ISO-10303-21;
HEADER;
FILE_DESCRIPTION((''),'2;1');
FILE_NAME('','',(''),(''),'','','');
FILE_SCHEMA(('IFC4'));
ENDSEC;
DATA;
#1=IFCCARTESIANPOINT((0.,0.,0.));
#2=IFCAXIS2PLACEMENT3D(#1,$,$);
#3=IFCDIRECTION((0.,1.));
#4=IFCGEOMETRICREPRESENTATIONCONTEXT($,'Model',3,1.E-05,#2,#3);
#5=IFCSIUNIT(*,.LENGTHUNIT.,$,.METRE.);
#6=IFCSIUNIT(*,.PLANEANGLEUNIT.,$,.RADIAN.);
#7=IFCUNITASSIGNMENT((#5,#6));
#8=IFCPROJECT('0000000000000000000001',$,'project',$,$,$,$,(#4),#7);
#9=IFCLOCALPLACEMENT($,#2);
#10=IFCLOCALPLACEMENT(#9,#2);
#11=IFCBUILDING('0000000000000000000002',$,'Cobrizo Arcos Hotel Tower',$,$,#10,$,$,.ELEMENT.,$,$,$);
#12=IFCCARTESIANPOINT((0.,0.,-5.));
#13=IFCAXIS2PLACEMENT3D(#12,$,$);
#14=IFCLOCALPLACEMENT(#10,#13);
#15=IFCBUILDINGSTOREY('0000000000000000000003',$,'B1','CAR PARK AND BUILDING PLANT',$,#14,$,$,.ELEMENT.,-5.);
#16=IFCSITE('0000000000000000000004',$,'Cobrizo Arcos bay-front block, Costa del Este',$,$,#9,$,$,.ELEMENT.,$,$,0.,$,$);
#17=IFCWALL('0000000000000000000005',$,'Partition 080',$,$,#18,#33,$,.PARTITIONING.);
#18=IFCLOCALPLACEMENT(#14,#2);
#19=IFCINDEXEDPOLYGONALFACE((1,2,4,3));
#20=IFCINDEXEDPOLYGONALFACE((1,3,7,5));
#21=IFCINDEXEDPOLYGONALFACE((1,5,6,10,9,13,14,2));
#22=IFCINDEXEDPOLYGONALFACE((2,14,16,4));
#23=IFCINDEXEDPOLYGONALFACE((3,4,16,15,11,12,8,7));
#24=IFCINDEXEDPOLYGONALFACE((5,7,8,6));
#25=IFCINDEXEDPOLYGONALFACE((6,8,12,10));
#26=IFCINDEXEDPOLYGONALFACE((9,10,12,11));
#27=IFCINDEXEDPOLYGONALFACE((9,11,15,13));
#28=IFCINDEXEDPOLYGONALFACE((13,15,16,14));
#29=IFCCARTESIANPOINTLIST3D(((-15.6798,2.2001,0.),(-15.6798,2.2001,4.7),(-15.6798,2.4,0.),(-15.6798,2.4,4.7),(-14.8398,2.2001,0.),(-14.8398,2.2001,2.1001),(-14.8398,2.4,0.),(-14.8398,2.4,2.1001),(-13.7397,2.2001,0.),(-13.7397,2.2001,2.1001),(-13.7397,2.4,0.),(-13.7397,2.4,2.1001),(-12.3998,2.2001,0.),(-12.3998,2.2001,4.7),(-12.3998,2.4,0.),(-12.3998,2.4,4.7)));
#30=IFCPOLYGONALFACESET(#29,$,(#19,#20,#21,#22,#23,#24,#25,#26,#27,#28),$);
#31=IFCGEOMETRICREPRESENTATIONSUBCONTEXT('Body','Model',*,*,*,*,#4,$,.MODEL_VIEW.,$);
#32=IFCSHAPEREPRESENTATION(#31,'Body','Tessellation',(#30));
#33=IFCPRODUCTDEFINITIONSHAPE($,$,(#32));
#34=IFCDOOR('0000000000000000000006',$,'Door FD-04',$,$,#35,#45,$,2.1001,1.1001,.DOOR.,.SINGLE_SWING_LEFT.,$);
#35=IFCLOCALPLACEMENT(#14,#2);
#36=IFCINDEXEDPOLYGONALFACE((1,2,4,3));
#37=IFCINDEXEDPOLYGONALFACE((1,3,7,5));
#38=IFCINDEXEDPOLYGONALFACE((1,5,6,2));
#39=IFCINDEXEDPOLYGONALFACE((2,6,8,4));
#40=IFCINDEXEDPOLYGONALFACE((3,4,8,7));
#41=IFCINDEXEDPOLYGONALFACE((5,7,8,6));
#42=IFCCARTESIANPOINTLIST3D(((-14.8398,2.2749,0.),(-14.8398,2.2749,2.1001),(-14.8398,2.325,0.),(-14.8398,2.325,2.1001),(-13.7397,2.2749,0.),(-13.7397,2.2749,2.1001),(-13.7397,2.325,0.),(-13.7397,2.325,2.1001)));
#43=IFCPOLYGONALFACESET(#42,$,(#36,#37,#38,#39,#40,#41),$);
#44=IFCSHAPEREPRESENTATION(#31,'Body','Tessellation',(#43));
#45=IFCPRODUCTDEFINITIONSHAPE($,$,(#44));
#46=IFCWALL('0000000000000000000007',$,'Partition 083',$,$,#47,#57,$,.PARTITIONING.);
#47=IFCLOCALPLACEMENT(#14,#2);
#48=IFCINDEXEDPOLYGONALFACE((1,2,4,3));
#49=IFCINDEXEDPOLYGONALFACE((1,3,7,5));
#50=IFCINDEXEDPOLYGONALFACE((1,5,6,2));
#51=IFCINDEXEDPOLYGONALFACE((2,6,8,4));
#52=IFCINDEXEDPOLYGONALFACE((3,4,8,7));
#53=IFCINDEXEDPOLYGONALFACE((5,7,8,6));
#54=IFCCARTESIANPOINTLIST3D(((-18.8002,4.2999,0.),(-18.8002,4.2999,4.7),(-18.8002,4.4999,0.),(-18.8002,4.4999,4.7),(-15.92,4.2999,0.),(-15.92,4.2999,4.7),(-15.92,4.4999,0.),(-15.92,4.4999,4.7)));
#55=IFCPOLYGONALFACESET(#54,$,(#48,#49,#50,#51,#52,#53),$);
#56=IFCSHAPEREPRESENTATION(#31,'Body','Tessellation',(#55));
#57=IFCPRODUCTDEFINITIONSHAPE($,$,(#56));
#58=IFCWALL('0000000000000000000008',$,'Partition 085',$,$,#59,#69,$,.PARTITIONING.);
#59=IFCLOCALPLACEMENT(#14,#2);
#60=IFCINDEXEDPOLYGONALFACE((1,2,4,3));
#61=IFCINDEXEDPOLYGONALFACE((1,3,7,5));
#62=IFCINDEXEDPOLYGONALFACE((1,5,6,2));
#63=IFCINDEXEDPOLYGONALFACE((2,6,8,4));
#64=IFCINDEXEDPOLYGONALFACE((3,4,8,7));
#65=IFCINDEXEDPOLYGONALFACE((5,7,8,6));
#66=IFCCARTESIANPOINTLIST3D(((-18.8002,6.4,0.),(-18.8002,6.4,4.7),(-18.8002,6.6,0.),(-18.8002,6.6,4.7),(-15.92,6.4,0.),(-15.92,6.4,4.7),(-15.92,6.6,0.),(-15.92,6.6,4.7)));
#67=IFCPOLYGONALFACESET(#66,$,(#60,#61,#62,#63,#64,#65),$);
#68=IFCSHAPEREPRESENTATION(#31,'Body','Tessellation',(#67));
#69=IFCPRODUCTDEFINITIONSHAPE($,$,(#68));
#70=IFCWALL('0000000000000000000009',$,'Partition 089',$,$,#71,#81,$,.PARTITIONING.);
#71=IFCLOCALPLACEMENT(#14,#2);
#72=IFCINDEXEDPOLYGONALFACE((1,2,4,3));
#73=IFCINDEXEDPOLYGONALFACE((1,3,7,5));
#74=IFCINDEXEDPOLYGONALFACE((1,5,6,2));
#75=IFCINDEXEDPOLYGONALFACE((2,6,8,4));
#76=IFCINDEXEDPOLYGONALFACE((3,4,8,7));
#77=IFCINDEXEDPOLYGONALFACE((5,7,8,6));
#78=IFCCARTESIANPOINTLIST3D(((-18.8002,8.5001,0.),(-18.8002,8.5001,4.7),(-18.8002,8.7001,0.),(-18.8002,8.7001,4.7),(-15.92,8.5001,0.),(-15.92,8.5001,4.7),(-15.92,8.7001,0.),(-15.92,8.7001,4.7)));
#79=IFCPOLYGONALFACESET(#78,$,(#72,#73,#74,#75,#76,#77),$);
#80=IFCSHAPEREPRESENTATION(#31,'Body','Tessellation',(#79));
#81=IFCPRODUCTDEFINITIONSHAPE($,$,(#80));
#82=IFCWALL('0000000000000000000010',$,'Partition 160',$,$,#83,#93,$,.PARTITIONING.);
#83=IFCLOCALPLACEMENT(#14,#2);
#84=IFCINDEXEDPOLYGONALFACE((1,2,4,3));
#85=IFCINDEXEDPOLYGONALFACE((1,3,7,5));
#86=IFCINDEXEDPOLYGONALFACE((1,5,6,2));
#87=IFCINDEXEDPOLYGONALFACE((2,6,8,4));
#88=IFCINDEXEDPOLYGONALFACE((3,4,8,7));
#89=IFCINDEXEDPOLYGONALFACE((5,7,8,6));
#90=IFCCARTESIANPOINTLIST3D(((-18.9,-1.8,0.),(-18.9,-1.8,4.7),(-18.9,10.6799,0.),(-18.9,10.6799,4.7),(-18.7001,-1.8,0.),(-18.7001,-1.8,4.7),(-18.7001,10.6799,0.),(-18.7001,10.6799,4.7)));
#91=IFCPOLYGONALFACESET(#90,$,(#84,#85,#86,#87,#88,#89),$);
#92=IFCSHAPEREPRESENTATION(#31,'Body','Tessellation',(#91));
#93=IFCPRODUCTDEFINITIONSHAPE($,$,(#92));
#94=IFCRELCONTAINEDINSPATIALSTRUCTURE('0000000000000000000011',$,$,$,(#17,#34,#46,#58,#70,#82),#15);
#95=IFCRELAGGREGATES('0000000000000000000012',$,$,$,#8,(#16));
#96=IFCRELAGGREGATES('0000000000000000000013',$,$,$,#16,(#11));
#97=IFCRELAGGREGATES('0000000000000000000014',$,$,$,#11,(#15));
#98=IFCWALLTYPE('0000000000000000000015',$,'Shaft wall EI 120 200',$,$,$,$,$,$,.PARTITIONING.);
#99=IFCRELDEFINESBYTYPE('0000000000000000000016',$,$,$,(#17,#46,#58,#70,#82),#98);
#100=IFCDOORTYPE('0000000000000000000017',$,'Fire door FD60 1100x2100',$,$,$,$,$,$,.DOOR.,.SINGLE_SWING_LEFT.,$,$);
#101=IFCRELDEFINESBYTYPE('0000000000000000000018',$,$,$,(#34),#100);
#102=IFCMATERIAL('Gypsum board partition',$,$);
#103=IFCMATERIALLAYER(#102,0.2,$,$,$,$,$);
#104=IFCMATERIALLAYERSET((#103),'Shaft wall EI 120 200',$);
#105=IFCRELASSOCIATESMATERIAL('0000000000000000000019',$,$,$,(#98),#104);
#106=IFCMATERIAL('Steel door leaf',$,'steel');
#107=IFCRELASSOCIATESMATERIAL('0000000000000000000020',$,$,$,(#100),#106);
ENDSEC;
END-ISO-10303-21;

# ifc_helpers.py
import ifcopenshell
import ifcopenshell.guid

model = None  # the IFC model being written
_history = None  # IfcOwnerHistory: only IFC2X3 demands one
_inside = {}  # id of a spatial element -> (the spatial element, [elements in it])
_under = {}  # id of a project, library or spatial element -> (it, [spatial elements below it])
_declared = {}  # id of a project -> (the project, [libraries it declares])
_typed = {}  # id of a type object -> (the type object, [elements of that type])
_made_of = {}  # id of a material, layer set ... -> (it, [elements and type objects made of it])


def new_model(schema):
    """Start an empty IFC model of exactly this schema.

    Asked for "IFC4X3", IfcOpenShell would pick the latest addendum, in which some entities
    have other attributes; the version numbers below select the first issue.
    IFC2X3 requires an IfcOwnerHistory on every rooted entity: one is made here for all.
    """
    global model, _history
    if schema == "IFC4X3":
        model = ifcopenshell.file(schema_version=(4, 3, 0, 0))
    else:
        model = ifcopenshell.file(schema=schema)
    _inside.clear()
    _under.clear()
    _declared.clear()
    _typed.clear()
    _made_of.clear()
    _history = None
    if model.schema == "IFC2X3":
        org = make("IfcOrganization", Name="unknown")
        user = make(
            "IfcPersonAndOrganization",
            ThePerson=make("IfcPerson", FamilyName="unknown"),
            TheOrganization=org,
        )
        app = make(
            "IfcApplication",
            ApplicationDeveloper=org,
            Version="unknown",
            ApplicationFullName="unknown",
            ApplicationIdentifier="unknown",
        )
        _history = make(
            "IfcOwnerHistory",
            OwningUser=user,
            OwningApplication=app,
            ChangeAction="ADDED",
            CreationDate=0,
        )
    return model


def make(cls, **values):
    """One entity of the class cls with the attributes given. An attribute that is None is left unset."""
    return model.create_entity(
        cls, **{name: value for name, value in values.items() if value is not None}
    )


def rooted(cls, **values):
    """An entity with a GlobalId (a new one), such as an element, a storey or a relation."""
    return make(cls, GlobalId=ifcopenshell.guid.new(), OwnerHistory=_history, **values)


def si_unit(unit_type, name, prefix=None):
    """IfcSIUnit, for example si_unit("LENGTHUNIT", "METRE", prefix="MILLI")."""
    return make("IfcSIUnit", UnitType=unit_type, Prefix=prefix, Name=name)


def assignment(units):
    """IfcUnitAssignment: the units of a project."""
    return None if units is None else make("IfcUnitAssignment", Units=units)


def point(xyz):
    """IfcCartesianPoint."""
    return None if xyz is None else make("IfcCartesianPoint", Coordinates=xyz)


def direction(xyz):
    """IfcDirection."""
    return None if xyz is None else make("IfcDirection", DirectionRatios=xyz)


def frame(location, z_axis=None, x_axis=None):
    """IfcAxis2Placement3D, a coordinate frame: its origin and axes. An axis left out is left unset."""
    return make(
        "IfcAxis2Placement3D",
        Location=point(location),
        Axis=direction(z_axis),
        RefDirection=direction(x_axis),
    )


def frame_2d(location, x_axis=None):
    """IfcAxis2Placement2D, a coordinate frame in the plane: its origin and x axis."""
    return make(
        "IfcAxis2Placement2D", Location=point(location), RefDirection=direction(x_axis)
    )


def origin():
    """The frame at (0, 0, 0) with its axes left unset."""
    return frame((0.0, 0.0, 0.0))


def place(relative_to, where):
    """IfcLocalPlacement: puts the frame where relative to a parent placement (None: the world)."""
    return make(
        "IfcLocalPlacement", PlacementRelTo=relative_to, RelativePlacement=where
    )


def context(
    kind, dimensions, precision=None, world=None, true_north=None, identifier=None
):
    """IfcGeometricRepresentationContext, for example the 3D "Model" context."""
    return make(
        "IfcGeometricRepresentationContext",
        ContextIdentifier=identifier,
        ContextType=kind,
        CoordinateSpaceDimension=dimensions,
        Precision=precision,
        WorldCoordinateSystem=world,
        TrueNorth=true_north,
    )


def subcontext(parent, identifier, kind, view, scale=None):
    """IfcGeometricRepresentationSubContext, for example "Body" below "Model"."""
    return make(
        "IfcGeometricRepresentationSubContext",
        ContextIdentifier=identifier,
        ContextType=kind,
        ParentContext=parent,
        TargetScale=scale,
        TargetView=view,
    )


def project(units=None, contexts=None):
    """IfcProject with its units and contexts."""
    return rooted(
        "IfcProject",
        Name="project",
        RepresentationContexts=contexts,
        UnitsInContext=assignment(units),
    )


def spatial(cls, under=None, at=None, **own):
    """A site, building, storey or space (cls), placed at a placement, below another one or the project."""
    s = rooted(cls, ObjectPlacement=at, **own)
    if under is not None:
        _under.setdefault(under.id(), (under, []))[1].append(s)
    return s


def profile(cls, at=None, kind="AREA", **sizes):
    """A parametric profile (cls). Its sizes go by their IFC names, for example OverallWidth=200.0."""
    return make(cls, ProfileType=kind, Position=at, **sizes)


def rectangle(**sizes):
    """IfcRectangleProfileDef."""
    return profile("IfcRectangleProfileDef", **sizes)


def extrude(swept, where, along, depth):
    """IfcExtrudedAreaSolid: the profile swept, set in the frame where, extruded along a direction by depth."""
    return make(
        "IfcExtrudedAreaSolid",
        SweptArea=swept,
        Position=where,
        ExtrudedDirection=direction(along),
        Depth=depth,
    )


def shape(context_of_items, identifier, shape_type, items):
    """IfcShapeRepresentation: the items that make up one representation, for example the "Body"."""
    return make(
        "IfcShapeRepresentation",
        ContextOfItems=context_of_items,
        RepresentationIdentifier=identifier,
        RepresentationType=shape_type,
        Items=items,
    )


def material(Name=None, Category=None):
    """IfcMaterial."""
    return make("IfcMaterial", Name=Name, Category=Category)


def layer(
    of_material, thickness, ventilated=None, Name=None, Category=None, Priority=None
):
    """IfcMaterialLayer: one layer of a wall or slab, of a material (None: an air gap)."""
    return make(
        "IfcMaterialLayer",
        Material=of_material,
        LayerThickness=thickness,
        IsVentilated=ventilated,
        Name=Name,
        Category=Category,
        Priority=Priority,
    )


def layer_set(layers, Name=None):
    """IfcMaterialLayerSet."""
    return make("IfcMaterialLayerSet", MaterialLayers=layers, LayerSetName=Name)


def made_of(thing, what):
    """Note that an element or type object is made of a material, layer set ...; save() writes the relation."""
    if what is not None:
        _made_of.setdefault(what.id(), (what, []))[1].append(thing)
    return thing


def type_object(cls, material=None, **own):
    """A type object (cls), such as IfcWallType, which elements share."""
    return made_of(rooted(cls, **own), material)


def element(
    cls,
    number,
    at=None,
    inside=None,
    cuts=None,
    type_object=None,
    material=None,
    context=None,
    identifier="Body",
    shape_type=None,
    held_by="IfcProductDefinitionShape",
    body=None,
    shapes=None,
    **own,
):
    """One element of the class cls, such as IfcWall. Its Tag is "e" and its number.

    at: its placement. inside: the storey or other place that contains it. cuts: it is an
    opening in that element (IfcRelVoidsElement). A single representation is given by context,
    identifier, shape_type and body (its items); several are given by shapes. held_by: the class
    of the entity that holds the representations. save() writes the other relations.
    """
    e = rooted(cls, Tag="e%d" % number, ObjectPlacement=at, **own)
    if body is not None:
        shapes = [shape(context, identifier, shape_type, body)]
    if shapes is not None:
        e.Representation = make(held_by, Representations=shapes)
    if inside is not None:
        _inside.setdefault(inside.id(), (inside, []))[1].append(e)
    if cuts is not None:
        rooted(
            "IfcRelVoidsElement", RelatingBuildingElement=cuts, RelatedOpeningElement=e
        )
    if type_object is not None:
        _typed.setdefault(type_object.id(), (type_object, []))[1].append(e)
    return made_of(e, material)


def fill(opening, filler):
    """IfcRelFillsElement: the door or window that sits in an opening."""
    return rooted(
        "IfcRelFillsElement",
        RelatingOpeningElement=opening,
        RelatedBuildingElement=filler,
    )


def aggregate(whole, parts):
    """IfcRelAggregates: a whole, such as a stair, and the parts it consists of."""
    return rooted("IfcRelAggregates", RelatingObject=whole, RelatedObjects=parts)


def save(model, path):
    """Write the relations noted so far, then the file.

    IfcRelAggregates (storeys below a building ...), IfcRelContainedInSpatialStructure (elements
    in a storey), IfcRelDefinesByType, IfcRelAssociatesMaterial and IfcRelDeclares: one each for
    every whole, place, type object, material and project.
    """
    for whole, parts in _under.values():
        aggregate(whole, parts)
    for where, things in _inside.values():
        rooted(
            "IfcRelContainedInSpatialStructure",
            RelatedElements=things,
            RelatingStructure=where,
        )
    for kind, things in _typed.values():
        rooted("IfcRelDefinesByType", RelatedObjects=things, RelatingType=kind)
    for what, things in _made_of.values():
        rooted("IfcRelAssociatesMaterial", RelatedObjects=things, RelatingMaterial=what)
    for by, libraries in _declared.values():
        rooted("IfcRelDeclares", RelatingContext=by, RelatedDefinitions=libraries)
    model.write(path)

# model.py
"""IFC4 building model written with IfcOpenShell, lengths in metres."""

from ifc_helpers import new_model, si_unit, direction, frame, frame_2d, origin, place, context, subcontext, project, spatial, rectangle, extrude, material, layer, layer_set, type_object, element, fill, save


model = new_model("IFC4")

# Units and contexts
model_context = context("Model", 3, precision=1e-05, world=origin(), true_north=direction((0.0, 1.0)))
body_context = subcontext(model_context, "Body", "Model", "MODEL_VIEW")
ifc_project = project(units=[si_unit("LENGTHUNIT", "METRE"), si_unit("PLANEANGLEUNIT", "RADIAN")], contexts=[model_context])

# Site, building, storey
site_placement = place(None, origin())
site = spatial("IfcSite", under=ifc_project, at=site_placement, Name="Cobrizo Arcos bay-front block, Costa del Este", CompositionType="ELEMENT", RefElevation=0.0)
building_placement = place(site_placement, origin())
building = spatial("IfcBuilding", under=site, at=building_placement, Name="Cobrizo Arcos Hotel Tower", CompositionType="ELEMENT")
storey_placement = place(building_placement, frame((0.0, 0.0, -5.0)))
storey = spatial("IfcBuildingStorey", under=building, at=storey_placement, Name="B1", Description="CAR PARK AND BUILDING PLANT", CompositionType="ELEMENT", Elevation=-5.0)

# Shared definitions
ifc_material_1 = material(Name="Gypsum board partition")

# Shared definitions
ifc_layer_1 = layer(ifc_material_1, 0.2)
ifc_layer_set_1 = layer_set([ifc_layer_1], Name="Shaft wall EI 120 200")
wall_type_1 = type_object("IfcWallType", Name="Shaft wall EI 120 200", PredefinedType="PARTITIONING", material=ifc_layer_set_1)
ifc_material_2 = material(Name="Steel door leaf", Category="steel")
door_type = type_object("IfcDoorType", Name="Fire door FD60 1100x2100", OperationType="SINGLE_SWING_LEFT", PredefinedType="DOOR", material=ifc_material_2)

# Wall, opening, door
wall_1_placement = place(storey_placement, frame((-15.6799, 2.3, 0.0), z_axis=(0.0, 0.0, 1.0), x_axis=(1.0, 0.0, 0.0)))
wall_1 = element("IfcWall", 1, at=wall_1_placement, inside=storey, type_object=wall_type_1, Name="Partition 080", PredefinedType="PARTITIONING", context=body_context, shape_type="SweptSolid", body=[
    extrude(rectangle(XDim=3.28, YDim=0.2, at=frame_2d((1.6401, 0.0))), origin(), (0.0, 0.0, 1.0), 4.7),
])
opening_1_placement = place(wall_1_placement, frame((0.8401, 0.0, 0.0)))
opening_1 = element("IfcOpeningElement", 2, at=opening_1_placement, cuts=wall_1, PredefinedType="OPENING", context=body_context, shape_type="SweptSolid", body=[
    extrude(rectangle(XDim=1.1001, YDim=2.1001, at=frame_2d((0.55, 1.05))), frame((0.0, 0.1121, 0.0), z_axis=(0.0, -1.0, 0.0), x_axis=(1.0, 0.0, 0.0)), (0.0, 0.0, 1.0), 0.2239),
])
door_1_placement = place(opening_1_placement, origin())
door_1 = element("IfcDoor", 3, at=door_1_placement, inside=storey, type_object=door_type, Name="Door FD-04", OperationType="SINGLE_SWING_LEFT", OverallHeight=2.1001, OverallWidth=1.1001, PredefinedType="DOOR", context=body_context, shape_type="SweptSolid", body=[
    extrude(rectangle(XDim=1.1001, YDim=2.1001, at=frame_2d((0.55, 1.05))), frame((0.0, 0.0249, 0.0), z_axis=(0.0, -1.0, 0.0), x_axis=(1.0, 0.0, 0.0)), (0.0, 0.0, 1.0), 0.05),
])
fill(opening_1, door_1)

# Walls
for number, where, z_axis, x_axis, name in (
    (4, (-18.8, 4.3999, 0.0), (0.0, 0.0, 1.0), (1.0, 0.0, 0.0), "Partition 083"),
    (5, (-18.8, 6.5, 0.0), (0.0, 0.0, 1.0), (1.0, 0.0, 0.0), "Partition 085"),
    (6, (-18.8, 8.6001, 0.0), (0.0, 0.0, 1.0), (1.0, 0.0, 0.0), "Partition 089"),
):
    element("IfcWall", number, at=place(storey_placement, frame(where, z_axis=z_axis, x_axis=x_axis)), inside=storey, type_object=wall_type_1, Name=name, PredefinedType="PARTITIONING", context=body_context, shape_type="SweptSolid", body=[
        extrude(rectangle(XDim=2.8801, YDim=0.2, at=frame_2d((1.4399, 0.0))), origin(), (0.0, 0.0, 1.0), 4.7),
    ])
wall_2_placement = place(storey_placement, frame((-18.8, -1.8, 0.0), z_axis=(0.0, 0.0, 1.0), x_axis=(0.0, 1.0, 0.0)))
element("IfcWall", 7, at=wall_2_placement, inside=storey, type_object=wall_type_1, Name="Partition 160", PredefinedType="PARTITIONING", context=body_context, shape_type="SweptSolid", body=[
    extrude(rectangle(XDim=12.48, YDim=0.2, at=frame_2d((6.24, 0.0))), origin(), (0.0, 0.0, 1.0), 4.7),
])

save(model, "model.ifc")
